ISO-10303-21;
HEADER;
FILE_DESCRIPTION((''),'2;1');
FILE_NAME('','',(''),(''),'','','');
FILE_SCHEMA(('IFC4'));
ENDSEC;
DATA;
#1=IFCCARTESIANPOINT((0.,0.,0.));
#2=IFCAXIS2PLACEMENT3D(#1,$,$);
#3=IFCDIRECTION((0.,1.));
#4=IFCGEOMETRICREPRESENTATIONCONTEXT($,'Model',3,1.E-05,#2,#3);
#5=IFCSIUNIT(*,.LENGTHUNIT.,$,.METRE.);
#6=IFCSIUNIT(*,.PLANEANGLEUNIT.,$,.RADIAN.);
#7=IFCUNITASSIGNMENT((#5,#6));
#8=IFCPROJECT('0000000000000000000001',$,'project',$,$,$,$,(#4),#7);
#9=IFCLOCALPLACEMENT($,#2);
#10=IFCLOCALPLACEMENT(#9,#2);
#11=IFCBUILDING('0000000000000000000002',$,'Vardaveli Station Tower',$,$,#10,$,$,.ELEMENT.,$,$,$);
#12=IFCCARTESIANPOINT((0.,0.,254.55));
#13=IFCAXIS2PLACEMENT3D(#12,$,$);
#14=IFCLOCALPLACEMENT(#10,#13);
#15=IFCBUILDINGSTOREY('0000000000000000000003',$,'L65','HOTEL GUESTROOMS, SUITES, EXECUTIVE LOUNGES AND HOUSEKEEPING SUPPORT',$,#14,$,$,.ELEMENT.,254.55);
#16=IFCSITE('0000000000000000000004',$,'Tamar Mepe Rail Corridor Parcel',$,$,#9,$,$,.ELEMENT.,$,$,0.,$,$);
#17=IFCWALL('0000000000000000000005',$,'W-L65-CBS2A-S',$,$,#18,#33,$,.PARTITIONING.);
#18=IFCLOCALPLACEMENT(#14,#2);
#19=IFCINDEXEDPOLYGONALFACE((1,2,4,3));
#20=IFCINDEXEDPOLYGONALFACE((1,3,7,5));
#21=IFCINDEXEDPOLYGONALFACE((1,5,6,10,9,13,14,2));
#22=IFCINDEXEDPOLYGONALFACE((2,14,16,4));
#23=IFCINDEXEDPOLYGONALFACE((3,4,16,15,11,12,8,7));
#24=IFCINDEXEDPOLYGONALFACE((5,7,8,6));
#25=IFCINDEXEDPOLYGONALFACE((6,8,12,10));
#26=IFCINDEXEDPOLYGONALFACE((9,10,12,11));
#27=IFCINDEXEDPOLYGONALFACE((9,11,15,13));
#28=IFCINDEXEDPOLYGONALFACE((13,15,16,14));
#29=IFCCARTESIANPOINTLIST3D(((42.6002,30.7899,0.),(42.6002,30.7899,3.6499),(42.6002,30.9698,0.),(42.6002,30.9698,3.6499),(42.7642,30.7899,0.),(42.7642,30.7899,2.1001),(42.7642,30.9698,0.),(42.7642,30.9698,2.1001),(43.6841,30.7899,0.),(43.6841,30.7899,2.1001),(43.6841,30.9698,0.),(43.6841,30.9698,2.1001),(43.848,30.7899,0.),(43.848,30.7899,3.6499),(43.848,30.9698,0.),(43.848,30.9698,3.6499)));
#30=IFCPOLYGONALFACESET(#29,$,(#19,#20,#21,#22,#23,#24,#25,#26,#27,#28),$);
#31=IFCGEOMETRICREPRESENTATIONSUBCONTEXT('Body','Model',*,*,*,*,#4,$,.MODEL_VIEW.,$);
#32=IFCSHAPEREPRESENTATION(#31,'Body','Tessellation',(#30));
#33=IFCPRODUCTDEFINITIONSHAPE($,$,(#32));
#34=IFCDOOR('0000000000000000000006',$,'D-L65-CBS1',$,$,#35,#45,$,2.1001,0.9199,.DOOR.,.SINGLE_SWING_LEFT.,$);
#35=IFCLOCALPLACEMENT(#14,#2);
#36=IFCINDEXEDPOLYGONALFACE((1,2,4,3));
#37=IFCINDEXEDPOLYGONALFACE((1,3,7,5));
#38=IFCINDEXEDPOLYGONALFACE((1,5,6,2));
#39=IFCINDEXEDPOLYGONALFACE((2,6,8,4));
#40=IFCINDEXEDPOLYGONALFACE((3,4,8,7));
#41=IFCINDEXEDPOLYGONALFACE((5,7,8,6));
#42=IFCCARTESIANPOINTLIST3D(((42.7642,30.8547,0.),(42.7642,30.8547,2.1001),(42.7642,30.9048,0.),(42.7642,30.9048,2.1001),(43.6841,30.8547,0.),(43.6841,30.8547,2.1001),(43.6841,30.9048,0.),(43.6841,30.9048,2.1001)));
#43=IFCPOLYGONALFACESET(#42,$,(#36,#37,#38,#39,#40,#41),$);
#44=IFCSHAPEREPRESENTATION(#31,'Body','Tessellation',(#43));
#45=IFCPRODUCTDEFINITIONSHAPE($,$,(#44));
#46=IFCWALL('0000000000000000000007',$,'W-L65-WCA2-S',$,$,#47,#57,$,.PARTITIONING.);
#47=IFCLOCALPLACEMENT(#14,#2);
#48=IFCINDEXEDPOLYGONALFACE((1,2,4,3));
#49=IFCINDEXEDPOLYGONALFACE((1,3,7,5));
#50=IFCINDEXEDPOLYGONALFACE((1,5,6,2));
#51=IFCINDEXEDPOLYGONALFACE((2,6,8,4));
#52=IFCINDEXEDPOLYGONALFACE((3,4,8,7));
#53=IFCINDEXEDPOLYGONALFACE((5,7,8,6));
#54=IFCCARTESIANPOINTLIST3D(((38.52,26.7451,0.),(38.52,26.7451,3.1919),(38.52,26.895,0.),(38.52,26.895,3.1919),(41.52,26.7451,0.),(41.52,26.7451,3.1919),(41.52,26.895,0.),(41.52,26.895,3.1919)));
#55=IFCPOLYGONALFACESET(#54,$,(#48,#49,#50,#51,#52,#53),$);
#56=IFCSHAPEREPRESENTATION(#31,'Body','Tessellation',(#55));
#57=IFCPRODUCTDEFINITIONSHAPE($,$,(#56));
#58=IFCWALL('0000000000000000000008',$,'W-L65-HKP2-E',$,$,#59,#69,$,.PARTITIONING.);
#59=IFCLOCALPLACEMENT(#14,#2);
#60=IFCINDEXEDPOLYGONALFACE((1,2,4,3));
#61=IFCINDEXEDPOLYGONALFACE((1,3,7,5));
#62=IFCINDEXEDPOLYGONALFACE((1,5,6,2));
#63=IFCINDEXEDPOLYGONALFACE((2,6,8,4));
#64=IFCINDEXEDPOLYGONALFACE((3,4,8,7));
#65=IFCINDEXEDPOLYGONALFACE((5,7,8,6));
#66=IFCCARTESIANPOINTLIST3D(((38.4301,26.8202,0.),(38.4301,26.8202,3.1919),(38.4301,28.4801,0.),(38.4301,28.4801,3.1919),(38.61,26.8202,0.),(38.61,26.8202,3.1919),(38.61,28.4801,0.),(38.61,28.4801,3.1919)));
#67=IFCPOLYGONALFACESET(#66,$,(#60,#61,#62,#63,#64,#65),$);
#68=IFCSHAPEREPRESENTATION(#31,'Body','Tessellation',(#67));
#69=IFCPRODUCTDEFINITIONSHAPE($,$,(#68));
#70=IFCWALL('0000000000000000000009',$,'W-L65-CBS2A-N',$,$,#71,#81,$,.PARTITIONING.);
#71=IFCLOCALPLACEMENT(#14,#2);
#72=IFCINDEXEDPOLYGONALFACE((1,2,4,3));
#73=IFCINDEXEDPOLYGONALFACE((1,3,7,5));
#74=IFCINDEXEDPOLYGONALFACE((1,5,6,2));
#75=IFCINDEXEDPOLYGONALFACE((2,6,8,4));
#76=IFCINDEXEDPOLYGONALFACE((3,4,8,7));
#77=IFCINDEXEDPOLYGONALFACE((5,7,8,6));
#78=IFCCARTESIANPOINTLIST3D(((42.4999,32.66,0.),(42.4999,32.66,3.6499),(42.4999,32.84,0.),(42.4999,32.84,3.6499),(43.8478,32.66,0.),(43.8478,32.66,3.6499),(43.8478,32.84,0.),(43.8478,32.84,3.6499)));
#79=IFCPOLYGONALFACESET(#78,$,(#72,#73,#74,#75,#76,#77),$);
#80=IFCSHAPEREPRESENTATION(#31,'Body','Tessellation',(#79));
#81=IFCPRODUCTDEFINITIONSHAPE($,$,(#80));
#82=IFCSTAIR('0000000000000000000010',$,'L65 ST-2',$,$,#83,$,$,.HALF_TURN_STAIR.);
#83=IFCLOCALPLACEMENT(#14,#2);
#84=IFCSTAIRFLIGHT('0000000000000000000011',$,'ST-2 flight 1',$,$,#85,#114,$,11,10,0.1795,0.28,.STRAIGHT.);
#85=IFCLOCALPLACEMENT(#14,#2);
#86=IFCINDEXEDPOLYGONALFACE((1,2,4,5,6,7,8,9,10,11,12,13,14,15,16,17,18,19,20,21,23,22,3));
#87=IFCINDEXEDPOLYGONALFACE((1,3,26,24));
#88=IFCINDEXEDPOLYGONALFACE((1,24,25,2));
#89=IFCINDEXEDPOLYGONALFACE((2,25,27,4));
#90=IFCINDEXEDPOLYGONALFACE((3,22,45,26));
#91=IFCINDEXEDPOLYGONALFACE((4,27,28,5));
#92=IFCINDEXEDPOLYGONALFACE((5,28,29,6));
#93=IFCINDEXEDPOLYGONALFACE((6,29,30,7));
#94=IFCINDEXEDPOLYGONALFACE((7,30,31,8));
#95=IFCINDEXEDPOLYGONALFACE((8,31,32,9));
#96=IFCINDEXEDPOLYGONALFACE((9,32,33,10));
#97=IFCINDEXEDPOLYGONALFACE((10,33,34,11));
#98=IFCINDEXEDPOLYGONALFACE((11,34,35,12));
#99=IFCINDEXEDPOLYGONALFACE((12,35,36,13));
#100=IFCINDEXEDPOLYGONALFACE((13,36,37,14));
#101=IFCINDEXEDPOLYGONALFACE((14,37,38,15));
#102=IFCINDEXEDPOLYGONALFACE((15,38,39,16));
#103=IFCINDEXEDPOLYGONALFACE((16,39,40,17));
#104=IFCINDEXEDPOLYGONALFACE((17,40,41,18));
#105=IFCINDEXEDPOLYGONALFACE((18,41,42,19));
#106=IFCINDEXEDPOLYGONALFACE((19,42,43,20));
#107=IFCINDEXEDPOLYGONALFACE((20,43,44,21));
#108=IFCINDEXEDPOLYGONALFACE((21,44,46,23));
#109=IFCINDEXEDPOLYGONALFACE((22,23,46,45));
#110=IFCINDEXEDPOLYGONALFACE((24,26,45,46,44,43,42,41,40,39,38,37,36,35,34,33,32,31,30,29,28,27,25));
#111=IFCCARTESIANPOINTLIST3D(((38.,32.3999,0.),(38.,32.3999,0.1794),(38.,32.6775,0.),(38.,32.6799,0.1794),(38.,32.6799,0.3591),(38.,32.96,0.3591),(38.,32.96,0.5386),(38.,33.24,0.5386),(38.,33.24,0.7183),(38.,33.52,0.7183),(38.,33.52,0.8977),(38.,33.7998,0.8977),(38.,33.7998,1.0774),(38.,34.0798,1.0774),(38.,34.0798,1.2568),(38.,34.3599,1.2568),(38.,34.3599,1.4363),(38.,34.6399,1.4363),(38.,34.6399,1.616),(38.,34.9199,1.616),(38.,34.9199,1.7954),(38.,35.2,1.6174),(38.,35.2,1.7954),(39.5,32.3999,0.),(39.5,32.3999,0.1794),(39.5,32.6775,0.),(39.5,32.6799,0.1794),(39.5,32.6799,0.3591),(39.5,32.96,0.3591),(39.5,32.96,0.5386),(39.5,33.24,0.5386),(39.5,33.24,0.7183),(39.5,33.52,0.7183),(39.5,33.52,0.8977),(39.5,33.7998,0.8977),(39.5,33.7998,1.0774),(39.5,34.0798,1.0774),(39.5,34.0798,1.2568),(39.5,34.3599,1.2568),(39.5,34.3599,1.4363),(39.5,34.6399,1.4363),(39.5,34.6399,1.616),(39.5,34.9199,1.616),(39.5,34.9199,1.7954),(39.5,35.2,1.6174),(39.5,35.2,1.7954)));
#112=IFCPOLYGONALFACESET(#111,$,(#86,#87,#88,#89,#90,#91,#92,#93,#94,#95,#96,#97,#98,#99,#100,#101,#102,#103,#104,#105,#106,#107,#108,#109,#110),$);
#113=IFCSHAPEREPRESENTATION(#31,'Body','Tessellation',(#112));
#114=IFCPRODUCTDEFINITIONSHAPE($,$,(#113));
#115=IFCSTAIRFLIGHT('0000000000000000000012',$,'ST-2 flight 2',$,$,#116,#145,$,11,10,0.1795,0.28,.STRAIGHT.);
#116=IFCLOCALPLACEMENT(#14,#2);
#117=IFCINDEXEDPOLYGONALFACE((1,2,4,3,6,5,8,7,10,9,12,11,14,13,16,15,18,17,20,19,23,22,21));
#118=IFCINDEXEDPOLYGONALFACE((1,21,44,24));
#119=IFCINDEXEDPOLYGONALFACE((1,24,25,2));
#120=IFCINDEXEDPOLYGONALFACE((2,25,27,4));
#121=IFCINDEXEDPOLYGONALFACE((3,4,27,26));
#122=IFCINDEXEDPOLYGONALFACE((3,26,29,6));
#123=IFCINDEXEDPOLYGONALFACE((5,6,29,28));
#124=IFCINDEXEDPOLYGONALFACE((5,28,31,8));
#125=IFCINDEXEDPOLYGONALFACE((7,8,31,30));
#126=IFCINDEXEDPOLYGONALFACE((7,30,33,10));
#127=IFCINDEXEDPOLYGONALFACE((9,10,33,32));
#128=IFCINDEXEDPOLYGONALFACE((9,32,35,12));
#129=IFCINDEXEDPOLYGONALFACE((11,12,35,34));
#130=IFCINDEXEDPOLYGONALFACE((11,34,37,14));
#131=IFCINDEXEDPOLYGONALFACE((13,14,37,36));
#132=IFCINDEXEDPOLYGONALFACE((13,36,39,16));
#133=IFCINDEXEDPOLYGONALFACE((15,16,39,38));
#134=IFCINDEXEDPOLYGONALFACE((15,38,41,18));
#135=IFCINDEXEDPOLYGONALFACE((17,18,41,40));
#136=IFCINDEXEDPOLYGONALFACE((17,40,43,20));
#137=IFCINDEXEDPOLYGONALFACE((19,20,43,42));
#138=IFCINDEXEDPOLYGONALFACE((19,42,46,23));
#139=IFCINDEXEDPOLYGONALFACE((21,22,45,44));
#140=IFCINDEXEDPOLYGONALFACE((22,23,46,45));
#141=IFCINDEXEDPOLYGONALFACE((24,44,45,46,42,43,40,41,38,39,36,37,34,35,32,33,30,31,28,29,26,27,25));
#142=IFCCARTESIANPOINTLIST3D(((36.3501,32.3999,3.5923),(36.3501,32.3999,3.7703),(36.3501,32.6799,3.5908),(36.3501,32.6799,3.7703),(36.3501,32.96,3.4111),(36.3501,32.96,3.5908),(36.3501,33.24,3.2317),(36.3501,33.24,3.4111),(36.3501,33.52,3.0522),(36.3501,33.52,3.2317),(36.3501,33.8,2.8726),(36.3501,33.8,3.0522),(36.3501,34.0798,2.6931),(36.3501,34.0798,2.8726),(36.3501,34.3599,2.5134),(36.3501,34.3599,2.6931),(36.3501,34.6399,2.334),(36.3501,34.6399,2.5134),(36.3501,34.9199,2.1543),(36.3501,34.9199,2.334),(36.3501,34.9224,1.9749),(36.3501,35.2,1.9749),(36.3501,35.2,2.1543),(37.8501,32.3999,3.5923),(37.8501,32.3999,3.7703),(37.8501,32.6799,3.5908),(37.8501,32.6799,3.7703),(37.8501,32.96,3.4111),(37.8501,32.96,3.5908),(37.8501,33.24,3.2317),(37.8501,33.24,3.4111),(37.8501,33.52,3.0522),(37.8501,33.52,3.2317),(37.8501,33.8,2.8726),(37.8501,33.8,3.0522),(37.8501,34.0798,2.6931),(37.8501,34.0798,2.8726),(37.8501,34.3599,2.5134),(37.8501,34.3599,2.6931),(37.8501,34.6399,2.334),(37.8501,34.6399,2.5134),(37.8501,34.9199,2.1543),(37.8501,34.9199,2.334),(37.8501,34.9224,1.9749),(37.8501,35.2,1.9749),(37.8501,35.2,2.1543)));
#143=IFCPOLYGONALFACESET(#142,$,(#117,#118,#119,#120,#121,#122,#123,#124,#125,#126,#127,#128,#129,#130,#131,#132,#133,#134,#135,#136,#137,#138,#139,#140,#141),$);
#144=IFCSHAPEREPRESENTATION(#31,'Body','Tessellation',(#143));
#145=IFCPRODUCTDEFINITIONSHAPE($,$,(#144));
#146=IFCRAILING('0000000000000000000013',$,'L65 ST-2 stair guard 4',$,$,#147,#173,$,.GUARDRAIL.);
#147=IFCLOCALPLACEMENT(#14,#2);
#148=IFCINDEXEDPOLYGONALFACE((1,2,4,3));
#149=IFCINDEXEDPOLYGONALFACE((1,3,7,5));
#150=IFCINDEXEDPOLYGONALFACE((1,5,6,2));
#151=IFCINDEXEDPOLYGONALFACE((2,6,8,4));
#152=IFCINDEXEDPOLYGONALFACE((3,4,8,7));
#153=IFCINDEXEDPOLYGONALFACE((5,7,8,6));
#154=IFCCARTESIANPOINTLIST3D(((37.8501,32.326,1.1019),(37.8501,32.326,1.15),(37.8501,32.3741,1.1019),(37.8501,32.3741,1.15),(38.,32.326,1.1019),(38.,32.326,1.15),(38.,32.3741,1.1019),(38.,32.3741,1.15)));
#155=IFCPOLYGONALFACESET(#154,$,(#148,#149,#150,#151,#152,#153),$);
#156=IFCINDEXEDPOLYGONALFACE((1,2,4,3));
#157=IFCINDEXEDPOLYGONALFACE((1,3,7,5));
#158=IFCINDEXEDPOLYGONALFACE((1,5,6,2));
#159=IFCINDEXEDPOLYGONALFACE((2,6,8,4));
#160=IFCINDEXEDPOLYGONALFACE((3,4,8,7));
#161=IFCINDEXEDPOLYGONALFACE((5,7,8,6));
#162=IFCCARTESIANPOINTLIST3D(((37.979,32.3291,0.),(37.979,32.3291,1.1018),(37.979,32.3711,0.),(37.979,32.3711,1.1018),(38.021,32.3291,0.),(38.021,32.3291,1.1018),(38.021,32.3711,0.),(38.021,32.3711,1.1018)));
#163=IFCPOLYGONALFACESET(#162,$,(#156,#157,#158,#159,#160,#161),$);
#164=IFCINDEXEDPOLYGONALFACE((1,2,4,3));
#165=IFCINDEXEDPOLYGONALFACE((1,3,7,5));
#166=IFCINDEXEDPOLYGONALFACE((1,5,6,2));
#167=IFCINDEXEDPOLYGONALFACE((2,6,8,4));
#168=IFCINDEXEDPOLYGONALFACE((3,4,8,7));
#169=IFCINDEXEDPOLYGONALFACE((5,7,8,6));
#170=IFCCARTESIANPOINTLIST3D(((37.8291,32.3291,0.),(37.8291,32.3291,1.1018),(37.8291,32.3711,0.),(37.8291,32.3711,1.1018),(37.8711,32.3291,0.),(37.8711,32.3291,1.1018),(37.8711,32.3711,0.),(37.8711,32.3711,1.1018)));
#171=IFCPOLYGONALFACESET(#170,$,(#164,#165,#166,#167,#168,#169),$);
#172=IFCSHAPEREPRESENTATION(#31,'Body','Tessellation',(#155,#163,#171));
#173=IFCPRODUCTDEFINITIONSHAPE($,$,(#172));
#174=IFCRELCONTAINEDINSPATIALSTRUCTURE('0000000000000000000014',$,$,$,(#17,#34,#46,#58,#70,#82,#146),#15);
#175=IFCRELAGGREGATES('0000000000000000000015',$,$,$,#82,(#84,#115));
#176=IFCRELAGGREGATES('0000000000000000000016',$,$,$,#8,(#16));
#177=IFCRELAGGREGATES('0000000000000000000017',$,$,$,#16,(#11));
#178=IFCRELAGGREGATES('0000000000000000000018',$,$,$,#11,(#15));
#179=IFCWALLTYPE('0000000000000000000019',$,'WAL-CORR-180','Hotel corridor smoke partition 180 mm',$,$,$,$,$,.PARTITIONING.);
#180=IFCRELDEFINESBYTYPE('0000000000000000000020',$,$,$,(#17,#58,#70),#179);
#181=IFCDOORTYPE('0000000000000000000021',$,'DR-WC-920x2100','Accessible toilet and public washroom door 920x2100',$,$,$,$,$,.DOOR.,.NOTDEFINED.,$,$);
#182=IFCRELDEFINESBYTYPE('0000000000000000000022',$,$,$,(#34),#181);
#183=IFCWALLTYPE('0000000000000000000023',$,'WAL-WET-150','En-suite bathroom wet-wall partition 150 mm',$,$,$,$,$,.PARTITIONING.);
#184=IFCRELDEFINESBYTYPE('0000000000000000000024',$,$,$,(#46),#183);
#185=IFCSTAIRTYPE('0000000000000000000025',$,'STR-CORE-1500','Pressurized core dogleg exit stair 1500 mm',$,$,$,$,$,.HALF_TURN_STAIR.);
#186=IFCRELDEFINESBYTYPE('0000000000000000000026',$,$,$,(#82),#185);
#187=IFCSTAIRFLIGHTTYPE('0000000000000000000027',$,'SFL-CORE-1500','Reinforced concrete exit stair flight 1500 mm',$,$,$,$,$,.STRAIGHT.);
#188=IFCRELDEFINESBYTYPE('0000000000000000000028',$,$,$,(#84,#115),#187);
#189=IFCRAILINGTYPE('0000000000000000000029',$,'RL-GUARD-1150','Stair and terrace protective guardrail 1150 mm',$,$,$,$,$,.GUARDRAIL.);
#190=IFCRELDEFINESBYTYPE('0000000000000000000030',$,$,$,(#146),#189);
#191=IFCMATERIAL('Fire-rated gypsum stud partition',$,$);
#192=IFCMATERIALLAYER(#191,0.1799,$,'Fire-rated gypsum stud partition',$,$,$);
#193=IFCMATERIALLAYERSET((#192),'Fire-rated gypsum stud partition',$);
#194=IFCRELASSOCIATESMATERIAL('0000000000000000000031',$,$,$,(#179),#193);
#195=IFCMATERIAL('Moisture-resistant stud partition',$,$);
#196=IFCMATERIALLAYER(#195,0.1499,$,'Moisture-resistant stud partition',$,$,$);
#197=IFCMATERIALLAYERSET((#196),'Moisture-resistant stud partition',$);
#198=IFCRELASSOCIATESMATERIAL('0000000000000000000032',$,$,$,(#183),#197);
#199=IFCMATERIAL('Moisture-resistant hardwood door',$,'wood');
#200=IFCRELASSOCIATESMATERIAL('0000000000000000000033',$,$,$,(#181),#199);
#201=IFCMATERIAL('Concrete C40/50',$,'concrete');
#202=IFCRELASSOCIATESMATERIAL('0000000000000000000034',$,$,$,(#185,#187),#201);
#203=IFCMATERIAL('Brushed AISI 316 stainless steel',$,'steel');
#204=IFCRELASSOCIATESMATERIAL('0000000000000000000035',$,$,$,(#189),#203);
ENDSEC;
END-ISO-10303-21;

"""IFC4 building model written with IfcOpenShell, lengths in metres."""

from ifc_helpers import new_model, si_unit, direction, frame, frame_2d, origin, origin_2d, place, context, subcontext, project, spatial, polyline, rectangle, outline, extrude, source, transform, mapped, material, layer, layer_set, type_object, element, fill, aggregate, save


model = new_model("IFC4")

# Units and contexts
model_context = context("Model", 3, precision=1e-05, world=origin(), true_north=direction((0.0, 1.0)))
body_context = subcontext(model_context, "Body", "Model", "MODEL_VIEW")
ifc_project = project(units=[si_unit("LENGTHUNIT", "METRE"), si_unit("PLANEANGLEUNIT", "RADIAN")], contexts=[model_context])

# Site, building, storey
site_placement = place(None, origin())
site = spatial("IfcSite", under=ifc_project, at=site_placement, Name="Tamar Mepe Rail Corridor Parcel", CompositionType="ELEMENT", RefElevation=0.0)
building_placement = place(site_placement, origin())
building = spatial("IfcBuilding", under=site, at=building_placement, Name="Vardaveli Station Tower", CompositionType="ELEMENT")
storey_placement = place(building_placement, frame((0.0, 0.0, 254.55)))
storey = spatial("IfcBuildingStorey", under=building, at=storey_placement, Name="L65", Description="HOTEL GUESTROOMS, SUITES, EXECUTIVE LOUNGES AND HOUSEKEEPING SUPPORT", CompositionType="ELEMENT", Elevation=254.55)

# Shared definitions
ifc_material_1 = material(Name="Concrete C40/50", Category="concrete")

# Shared definitions
ifc_material_2 = material(Name="Fire-rated gypsum stud partition")
ifc_layer_1 = layer(ifc_material_2, 0.1799, Name="Fire-rated gypsum stud partition")
ifc_layer_set_1 = layer_set([ifc_layer_1], Name="Fire-rated gypsum stud partition")
wall_type_1 = type_object("IfcWallType", Name="WAL-CORR-180", Description="Hotel corridor smoke partition 180 mm", PredefinedType="PARTITIONING", material=ifc_layer_set_1)

# Wall, opening, door
ifc_material_3 = material(Name="Moisture-resistant stud partition")
ifc_layer_2 = layer(ifc_material_3, 0.1499, Name="Moisture-resistant stud partition")
ifc_layer_set_2 = layer_set([ifc_layer_2], Name="Moisture-resistant stud partition")
wall_type_2 = type_object("IfcWallType", Name="WAL-WET-150", Description="En-suite bathroom wet-wall partition 150 mm", PredefinedType="PARTITIONING", material=ifc_layer_set_2)
ifc_material_4 = material(Name="Moisture-resistant hardwood door", Category="wood")
door_type_1 = type_object("IfcDoorType", Name="DR-WC-920x2100", Description="Accessible toilet and public washroom door 920x2100", OperationType="NOTDEFINED", PredefinedType="DOOR", material=ifc_material_4)
shared_shape_1 = source(origin(), body_context, "Body", "SweptSolid", [
    extrude(rectangle(XDim=0.9199, YDim=2.1001, at=frame_2d((0.46, 1.05))), frame((0.0, 0.0249, 0.0), z_axis=(0.0, -1.0, 0.0), x_axis=(1.0, 0.0, 0.0)), (0.0, 0.0, 1.0), 0.05),
])
shared_shape_2 = source(origin(), body_context, "Body", "SweptSolid", [
    extrude(rectangle(XDim=1.2478, YDim=0.1799, at=frame_2d((0.624, 0.0))), origin(), (0.0, 0.0, 1.0), 3.6499),
])
wall_1_placement = place(storey_placement, frame((42.6001, 30.8799, 0.0), z_axis=(0.0, 0.0, 1.0), x_axis=(1.0, 0.0, 0.0)))
wall_1 = element("IfcWall", 1, at=wall_1_placement, inside=storey, type_object=wall_type_1, Name="W-L65-CBS2A-S", PredefinedType="PARTITIONING", context=body_context, shape_type="MappedRepresentation", body=[
    mapped(shared_shape_2, transform((0.0, 0.0, 0.0), scale=1.0)),
])
shared_shape_3 = source(origin(), body_context, "Body", "SweptSolid", [
    extrude(rectangle(XDim=0.9199, YDim=2.1001, at=frame_2d((0.46, 1.05))), frame((0.0, 0.1001, 0.0), z_axis=(0.0, -1.0, 0.0), x_axis=(1.0, 0.0, 0.0)), (0.0, 0.0, 1.0), 0.2),
])
opening_1_placement = place(wall_1_placement, frame((0.1641, 0.0, 0.0)))
opening_1 = element("IfcOpeningElement", 2, at=opening_1_placement, cuts=wall_1, PredefinedType="OPENING", context=body_context, shape_type="MappedRepresentation", body=[
    mapped(shared_shape_3, transform((0.0, 0.0, 0.0), scale=1.0)),
])
door_1_placement = place(opening_1_placement, origin())
door_1 = element("IfcDoor", 3, at=door_1_placement, inside=storey, type_object=door_type_1, Name="D-L65-CBS1", OperationType="SINGLE_SWING_LEFT", OverallHeight=2.1001, OverallWidth=0.9199, PredefinedType="DOOR", context=body_context, shape_type="MappedRepresentation", body=[
    mapped(shared_shape_1, transform((0.0, 0.0, 0.0), scale=1.0)),
])
fill(opening_1, door_1)

# Walls
shared_shape_4 = source(origin(), body_context, "Body", "SweptSolid", [
    extrude(rectangle(XDim=3.0, YDim=0.1499, at=frame_2d((1.5, 0.0))), origin(), (0.0, 0.0, 1.0), 3.1919),
])
wall_2_placement = place(storey_placement, frame((38.52, 26.8201, 0.0), z_axis=(0.0, 0.0, 1.0), x_axis=(1.0, 0.0, 0.0)))
element("IfcWall", 4, at=wall_2_placement, inside=storey, type_object=wall_type_2, Name="W-L65-WCA2-S", PredefinedType="PARTITIONING", context=body_context, shape_type="MappedRepresentation", body=[
    mapped(shared_shape_4, transform((0.0, 0.0, 0.0), scale=1.0)),
])
shared_shape_5 = source(origin(), body_context, "Body", "SweptSolid", [
    extrude(rectangle(XDim=1.6599, YDim=0.1799, at=frame_2d((0.8301, 0.0))), origin(), (0.0, 0.0, 1.0), 3.1919),
])
wall_3_placement = place(storey_placement, frame((38.52, 26.8201, 0.0), z_axis=(0.0, 0.0, 1.0), x_axis=(0.0, 1.0, 0.0)))
element("IfcWall", 5, at=wall_3_placement, inside=storey, type_object=wall_type_1, Name="W-L65-HKP2-E", PredefinedType="PARTITIONING", context=body_context, shape_type="MappedRepresentation", body=[
    mapped(shared_shape_5, transform((0.0, 0.0, 0.0), scale=1.0)),
])
shared_shape_6 = source(origin(), body_context, "Body", "SweptSolid", [
    extrude(rectangle(XDim=1.3479, YDim=0.1799, at=frame_2d((0.6738, 0.0))), origin(), (0.0, 0.0, 1.0), 3.6499),
])
wall_4_placement = place(storey_placement, frame((42.5, 32.75, 0.0), z_axis=(0.0, 0.0, 1.0), x_axis=(1.0, 0.0, 0.0)))
element("IfcWall", 6, at=wall_4_placement, inside=storey, type_object=wall_type_1, Name="W-L65-CBS2A-N", PredefinedType="PARTITIONING", context=body_context, shape_type="MappedRepresentation", body=[
    mapped(shared_shape_6, transform((0.0, 0.0, 0.0), scale=1.0)),
])

# Stair, stair flights
stair_type = type_object("IfcStairType", Name="STR-CORE-1500", Description="Pressurized core dogleg exit stair 1500 mm", PredefinedType="HALF_TURN_STAIR", material=ifc_material_1)
stair_placement = place(storey_placement, origin())
stair = element("IfcStair", 7, at=stair_placement, inside=storey, type_object=stair_type, Name="L65 ST-2", PredefinedType="HALF_TURN_STAIR")
stair_flight_type = type_object("IfcStairFlightType", Name="SFL-CORE-1500", Description="Reinforced concrete exit stair flight 1500 mm", PredefinedType="STRAIGHT", material=ifc_material_1)
shared_shape_7 = source(origin(), body_context, "Body", "SweptSolid", [
    extrude(outline(polyline([(0.0, 0.0), (0.0, 0.1794), (0.28, 0.1794), (0.28, 0.3591), (0.5601, 0.3591), (0.5601, 0.5386), (0.8401, 0.5386), (0.8401, 0.7183), (1.1201, 0.7183), (1.1201, 0.8977), (1.3999, 0.8977), (1.3999, 1.0774), (1.6799, 1.0774), (1.6799, 1.2568), (1.96, 1.2568), (1.96, 1.4363), (2.24, 1.4363), (2.24, 1.616), (2.52, 1.616), (2.52, 1.7954), (2.8, 1.7954), (2.8, 1.9751), (2.8, 1.6174), (0.2776, 0.0), (0.0, 0.0)])), frame((0.0, 0.75, 0.0), z_axis=(0.0, -1.0, 0.0), x_axis=(1.0, 0.0, 0.0)), (0.0, 0.0, 1.0), 1.5),
])
stair_flight_1_placement = place(storey_placement, frame((38.75, 32.3999, 0.0), z_axis=(0.0, 0.0, 1.0), x_axis=(0.0, 1.0, 0.0)))
stair_flight_1 = element("IfcStairFlight", 8, at=stair_flight_1_placement, type_object=stair_flight_type, Name="ST-2 flight 1", NumberOfRisers=11, NumberOfTreads=10, PredefinedType="STRAIGHT", RiserHeight=0.1795, TreadLength=0.28, context=body_context, shape_type="MappedRepresentation", body=[
    mapped(shared_shape_7, transform((0.0, 0.0, 0.0), scale=1.0)),
])
stair_flight_2_placement = place(storey_placement, frame((37.1001, 35.2, 1.9749), z_axis=(0.0, 0.0, 1.0), x_axis=(0.0, -1.0, 0.0)))
stair_flight_2 = element("IfcStairFlight", 9, at=stair_flight_2_placement, type_object=stair_flight_type, Name="ST-2 flight 2", NumberOfRisers=11, NumberOfTreads=10, PredefinedType="STRAIGHT", RiserHeight=0.1795, TreadLength=0.28, context=body_context, shape_type="MappedRepresentation", body=[
    mapped(shared_shape_7, transform((0.0, 0.0, 0.0), scale=1.0)),
])
aggregate(stair, [stair_flight_1, stair_flight_2])

# Railing
ifc_material_5 = material(Name="Brushed AISI 316 stainless steel", Category="steel")
railing_type_1 = type_object("IfcRailingType", Name="RL-GUARD-1150", Description="Stair and terrace protective guardrail 1150 mm", PredefinedType="GUARDRAIL", material=ifc_material_5)
shared_shape_8 = source(origin(), body_context, "Body", "SweptSolid", [
    extrude(rectangle(XDim=0.0481, YDim=0.0481, at=origin_2d()), frame((0.0, 0.0, 1.126), z_axis=(-1.0, 0.0, 0.0), x_axis=(0.0, -1.0, 0.0)), (0.0, 0.0, 1.0), 0.1499),
    extrude(rectangle(XDim=0.042, YDim=0.042, at=origin_2d()), origin(), (0.0, 0.0, 1.0), 1.1018),
    extrude(rectangle(XDim=0.042, YDim=0.042, at=origin_2d()), frame((-0.1499, 0.0, 0.0)), (0.0, 0.0, 1.0), 1.1018),
])
railing_1_placement = place(storey_placement, frame((38.0, 32.3501, 0.0)))
element("IfcRailing", 10, at=railing_1_placement, inside=storey, type_object=railing_type_1, Name="L65 ST-2 stair guard 4", PredefinedType="GUARDRAIL", context=body_context, shape_type="MappedRepresentation", body=[
    mapped(shared_shape_8, transform((0.0, 0.0, 0.0), scale=1.0)),
])

save(model, "model.ifc")
